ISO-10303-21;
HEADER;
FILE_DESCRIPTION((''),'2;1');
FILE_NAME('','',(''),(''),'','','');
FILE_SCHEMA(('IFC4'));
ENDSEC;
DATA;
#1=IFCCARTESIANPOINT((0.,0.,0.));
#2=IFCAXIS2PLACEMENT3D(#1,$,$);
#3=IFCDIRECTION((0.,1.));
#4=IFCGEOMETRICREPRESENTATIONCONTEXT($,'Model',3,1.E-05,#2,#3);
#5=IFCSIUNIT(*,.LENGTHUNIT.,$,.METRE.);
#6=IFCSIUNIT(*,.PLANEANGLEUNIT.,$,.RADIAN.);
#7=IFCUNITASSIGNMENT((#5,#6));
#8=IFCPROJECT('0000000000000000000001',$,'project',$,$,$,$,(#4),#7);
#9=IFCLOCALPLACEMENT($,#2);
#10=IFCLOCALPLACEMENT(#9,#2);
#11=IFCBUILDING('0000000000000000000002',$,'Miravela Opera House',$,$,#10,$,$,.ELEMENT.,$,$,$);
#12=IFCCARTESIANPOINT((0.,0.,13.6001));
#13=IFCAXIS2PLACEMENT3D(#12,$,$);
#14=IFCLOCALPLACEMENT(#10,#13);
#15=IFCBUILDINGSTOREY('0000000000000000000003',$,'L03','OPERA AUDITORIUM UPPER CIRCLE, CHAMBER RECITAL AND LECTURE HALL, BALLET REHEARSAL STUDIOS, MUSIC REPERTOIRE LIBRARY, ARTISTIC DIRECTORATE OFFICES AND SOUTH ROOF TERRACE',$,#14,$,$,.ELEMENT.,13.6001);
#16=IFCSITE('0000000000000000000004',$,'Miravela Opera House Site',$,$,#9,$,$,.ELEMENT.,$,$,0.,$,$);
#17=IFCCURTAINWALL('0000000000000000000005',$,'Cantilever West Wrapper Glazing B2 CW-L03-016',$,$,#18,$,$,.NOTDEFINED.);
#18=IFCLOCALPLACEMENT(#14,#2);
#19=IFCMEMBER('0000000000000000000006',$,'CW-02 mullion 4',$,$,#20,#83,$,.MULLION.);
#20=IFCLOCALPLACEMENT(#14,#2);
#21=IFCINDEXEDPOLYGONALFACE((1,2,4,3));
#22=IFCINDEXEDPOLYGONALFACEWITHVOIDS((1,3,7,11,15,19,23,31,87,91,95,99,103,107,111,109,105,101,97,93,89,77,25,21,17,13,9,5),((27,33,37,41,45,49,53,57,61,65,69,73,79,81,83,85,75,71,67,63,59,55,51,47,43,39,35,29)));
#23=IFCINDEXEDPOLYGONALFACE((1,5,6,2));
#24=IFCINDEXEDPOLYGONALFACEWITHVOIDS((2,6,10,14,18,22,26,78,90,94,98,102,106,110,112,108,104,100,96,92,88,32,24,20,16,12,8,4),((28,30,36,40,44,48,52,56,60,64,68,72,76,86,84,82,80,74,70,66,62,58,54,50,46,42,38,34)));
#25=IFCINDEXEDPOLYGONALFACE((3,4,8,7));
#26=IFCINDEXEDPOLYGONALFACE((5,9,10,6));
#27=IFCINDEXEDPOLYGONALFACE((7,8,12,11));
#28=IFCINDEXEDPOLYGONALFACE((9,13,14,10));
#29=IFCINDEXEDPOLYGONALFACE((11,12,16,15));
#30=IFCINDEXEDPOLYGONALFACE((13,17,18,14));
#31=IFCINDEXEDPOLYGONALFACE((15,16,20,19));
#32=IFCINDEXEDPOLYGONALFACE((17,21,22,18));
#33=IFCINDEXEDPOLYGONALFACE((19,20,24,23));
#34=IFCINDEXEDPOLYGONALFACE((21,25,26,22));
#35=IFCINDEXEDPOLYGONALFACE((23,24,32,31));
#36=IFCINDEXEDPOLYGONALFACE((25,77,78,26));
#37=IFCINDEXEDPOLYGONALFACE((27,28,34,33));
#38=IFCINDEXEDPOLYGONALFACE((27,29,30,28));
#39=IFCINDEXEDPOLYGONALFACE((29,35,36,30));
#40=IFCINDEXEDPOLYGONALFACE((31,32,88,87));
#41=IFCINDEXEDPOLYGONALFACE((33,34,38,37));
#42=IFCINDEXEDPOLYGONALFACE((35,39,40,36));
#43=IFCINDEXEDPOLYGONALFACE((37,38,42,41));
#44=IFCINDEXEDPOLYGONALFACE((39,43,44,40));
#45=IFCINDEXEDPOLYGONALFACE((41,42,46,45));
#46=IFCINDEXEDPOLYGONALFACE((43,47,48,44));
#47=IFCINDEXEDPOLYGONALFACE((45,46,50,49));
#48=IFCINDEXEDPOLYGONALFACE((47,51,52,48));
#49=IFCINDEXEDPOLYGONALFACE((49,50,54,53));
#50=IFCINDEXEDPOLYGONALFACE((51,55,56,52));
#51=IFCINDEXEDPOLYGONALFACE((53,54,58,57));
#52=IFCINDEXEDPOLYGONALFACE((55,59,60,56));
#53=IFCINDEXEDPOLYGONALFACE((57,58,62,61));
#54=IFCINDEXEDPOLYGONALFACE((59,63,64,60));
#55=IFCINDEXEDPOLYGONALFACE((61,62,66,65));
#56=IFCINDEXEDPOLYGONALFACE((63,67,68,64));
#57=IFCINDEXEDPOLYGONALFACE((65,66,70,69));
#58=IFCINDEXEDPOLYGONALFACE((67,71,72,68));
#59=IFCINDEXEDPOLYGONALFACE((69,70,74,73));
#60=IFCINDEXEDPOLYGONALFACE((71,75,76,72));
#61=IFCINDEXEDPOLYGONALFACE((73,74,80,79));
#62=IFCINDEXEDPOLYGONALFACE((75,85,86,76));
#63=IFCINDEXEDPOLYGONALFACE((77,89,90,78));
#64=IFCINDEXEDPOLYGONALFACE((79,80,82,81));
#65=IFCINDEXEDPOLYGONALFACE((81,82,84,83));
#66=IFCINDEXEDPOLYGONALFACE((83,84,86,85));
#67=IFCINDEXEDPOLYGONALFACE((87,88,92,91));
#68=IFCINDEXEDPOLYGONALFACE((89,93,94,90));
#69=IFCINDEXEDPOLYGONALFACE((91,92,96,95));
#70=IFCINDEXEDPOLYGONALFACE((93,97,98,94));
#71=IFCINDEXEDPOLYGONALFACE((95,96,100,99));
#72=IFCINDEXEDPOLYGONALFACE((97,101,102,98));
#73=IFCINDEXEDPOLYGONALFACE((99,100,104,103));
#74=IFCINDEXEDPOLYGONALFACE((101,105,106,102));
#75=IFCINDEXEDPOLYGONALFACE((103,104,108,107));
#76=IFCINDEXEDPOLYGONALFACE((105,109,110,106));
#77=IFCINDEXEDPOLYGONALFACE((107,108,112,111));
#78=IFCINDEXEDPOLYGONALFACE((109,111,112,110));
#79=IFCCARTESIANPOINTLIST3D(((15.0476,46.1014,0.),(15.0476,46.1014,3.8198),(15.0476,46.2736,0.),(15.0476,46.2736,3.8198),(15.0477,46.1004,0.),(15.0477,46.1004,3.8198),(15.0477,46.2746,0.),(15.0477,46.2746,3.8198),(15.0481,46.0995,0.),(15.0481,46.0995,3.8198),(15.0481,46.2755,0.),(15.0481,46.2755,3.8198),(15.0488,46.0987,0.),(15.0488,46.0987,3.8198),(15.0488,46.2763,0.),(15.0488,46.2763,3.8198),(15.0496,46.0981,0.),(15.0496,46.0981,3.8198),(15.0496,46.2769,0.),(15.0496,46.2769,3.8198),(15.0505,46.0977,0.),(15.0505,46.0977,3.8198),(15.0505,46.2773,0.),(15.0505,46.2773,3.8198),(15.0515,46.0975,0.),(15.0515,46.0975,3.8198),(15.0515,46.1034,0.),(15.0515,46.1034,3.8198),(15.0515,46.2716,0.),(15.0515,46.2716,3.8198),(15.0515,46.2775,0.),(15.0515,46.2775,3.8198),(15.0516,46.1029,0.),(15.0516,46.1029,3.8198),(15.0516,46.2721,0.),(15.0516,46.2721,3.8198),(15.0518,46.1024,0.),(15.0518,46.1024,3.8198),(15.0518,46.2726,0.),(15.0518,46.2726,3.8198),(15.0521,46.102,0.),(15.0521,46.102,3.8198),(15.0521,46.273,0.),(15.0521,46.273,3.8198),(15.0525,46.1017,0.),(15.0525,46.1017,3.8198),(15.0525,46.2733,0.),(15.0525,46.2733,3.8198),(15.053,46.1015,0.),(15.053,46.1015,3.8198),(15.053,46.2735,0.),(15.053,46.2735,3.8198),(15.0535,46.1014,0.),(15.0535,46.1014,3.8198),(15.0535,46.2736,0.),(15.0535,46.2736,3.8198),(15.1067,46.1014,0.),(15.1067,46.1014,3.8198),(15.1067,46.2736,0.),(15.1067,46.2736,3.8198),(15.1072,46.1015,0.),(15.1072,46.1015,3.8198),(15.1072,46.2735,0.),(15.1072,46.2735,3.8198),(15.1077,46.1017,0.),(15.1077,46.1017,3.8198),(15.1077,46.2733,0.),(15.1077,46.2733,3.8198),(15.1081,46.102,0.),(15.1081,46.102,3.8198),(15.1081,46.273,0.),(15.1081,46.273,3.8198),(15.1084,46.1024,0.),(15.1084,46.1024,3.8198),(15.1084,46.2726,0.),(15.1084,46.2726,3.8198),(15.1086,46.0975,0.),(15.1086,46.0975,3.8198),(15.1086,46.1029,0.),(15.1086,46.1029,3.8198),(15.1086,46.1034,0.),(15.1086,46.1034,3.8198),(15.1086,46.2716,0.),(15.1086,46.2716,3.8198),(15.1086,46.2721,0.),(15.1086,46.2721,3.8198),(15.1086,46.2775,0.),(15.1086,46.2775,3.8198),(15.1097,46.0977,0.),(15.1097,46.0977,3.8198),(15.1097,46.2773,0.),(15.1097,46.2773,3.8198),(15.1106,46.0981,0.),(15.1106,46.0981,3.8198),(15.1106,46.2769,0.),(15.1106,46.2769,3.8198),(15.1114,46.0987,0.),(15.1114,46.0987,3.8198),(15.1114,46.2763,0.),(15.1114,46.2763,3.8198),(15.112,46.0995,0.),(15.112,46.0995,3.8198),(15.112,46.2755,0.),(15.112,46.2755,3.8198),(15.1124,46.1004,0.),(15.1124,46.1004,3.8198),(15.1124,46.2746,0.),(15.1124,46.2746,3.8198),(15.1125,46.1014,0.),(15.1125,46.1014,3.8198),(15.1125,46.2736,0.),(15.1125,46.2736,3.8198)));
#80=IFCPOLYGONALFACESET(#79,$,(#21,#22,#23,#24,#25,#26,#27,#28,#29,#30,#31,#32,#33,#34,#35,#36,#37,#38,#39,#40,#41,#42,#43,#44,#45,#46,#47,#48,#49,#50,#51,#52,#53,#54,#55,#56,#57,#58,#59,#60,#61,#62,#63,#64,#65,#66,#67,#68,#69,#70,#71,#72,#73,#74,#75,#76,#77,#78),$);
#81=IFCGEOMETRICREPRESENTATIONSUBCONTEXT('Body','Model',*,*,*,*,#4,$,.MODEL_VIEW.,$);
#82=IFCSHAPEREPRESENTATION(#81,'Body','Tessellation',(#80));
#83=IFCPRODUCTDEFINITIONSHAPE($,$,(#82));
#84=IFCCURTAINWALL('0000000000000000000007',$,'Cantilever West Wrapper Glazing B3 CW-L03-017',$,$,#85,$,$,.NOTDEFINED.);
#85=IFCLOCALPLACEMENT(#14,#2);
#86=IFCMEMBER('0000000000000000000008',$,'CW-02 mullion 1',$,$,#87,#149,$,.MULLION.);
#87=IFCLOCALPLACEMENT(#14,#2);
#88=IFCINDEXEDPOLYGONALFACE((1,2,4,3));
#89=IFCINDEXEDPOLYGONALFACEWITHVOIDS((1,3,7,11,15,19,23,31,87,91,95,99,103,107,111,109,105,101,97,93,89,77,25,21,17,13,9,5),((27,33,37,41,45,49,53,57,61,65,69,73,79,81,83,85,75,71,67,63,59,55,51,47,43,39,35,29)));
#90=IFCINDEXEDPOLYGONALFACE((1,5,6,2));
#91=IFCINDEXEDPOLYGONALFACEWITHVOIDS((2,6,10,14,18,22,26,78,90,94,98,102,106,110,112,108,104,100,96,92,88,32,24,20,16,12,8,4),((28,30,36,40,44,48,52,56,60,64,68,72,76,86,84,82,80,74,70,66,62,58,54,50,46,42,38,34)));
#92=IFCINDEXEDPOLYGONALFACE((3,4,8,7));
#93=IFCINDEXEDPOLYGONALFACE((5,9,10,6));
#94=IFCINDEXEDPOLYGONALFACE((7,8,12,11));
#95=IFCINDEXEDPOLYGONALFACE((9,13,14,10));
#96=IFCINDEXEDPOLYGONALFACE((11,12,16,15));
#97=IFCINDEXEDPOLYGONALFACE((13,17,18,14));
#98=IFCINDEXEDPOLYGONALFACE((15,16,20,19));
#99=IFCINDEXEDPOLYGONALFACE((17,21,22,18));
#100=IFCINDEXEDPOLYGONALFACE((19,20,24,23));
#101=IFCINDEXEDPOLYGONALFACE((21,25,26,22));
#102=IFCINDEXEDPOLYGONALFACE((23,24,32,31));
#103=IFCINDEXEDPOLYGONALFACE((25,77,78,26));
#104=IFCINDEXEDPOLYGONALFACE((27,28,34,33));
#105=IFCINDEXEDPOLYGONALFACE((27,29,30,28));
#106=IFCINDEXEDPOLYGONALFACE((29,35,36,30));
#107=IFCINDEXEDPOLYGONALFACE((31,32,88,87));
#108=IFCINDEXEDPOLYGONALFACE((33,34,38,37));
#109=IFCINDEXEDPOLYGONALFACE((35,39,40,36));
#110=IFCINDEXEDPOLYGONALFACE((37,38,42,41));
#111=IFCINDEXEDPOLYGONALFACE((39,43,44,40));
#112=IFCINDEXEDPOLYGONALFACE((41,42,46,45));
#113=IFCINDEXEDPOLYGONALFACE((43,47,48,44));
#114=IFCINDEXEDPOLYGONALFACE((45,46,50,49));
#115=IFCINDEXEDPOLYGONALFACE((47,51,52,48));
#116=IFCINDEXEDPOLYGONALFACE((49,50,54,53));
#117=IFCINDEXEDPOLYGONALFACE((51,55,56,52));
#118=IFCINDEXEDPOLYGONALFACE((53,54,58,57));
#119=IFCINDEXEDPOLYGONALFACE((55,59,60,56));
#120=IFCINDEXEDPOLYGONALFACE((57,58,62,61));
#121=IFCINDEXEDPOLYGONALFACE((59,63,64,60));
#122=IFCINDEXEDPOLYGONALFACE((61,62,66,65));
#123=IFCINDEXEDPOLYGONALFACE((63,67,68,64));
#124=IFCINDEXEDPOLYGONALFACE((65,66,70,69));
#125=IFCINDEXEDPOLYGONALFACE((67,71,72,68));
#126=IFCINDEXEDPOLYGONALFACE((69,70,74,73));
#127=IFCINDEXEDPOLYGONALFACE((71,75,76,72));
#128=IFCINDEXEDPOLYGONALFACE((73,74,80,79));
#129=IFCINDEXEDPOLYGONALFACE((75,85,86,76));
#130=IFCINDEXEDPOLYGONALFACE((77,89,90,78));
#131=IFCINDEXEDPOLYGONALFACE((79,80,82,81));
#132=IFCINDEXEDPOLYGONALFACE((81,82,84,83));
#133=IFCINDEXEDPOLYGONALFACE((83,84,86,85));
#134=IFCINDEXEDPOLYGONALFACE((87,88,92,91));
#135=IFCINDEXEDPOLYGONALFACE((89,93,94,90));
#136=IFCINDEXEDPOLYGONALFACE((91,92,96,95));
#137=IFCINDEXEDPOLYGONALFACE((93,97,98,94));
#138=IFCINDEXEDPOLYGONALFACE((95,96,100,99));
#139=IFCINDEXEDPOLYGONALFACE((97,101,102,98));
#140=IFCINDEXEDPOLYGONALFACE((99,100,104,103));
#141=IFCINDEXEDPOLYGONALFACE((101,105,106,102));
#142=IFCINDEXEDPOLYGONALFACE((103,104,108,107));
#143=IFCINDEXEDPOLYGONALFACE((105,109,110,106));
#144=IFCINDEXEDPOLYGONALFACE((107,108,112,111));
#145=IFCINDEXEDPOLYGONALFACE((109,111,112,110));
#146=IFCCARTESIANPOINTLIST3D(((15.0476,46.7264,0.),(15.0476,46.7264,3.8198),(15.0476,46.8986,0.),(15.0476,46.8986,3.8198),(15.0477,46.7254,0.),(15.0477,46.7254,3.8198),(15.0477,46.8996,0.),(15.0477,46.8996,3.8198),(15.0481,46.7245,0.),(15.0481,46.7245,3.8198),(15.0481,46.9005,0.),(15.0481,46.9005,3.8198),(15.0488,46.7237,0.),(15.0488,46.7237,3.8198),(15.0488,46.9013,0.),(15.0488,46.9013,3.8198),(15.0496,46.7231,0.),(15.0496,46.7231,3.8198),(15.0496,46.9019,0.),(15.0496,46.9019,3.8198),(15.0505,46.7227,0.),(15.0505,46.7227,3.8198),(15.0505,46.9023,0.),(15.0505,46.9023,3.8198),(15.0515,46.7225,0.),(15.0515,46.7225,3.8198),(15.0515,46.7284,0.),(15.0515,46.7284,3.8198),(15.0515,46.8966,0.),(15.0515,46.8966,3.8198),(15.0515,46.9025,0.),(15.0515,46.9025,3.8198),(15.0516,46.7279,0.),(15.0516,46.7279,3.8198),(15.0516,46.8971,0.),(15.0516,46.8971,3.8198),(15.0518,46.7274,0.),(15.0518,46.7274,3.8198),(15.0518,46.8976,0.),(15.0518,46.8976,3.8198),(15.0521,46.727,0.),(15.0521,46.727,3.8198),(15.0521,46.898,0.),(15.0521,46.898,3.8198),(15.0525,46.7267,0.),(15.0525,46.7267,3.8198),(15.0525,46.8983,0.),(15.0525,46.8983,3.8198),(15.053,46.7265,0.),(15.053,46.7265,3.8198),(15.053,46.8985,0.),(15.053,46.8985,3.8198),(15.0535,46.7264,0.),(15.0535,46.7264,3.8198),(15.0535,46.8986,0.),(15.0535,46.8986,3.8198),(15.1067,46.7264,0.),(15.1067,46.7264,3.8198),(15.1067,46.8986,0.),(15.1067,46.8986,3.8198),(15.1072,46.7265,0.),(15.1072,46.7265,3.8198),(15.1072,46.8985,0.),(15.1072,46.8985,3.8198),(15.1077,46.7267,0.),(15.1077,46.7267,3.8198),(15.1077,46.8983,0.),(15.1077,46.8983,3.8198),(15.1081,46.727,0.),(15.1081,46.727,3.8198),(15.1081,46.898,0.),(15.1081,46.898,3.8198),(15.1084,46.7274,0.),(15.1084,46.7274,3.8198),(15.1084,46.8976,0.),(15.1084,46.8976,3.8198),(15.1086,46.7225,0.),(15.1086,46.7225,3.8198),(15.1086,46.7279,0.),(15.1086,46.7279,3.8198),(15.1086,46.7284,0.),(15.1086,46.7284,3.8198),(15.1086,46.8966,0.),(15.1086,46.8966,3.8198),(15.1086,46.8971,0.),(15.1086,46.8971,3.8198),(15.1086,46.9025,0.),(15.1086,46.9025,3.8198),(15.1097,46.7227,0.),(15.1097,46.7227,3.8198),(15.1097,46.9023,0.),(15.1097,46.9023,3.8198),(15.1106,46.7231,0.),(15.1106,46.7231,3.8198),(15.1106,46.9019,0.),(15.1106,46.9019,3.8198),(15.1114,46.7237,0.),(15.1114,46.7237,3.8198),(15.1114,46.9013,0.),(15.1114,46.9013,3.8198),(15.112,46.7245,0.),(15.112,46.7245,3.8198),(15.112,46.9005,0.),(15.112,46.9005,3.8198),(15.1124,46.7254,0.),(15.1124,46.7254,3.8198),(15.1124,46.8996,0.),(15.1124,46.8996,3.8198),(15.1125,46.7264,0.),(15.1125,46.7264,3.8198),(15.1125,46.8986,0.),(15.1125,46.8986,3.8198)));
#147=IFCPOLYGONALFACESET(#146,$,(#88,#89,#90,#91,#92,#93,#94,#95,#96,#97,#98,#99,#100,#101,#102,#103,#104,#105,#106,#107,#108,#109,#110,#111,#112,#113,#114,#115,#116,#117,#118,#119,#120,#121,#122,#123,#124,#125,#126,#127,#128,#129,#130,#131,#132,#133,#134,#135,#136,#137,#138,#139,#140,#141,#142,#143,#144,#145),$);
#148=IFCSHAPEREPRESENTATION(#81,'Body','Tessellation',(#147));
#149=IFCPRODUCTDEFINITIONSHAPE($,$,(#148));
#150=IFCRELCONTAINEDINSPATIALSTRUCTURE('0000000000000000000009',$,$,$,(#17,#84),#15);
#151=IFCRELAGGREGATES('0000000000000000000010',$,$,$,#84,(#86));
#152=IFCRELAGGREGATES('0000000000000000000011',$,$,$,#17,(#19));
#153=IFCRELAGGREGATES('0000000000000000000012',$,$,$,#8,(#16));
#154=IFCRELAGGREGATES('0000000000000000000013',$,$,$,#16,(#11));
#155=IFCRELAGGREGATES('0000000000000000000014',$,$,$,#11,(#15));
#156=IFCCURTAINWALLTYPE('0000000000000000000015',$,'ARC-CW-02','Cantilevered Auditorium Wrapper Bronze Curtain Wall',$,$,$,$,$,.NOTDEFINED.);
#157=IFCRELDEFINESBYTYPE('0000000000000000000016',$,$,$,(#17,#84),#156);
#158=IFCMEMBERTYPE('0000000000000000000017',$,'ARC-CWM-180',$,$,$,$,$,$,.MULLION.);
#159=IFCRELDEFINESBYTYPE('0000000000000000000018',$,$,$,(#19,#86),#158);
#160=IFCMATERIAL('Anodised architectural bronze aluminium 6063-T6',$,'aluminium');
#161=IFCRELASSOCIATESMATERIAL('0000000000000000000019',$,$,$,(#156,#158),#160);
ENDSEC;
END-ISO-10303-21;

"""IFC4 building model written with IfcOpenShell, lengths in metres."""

from ifc_helpers import new_model, si_unit, direction, frame, origin, origin_2d, place, context, subcontext, project, spatial, hollow_rectangle, extrude, material, material_profile, profile_set, type_object, element, aggregate, save


model = new_model("IFC4")

# Units and contexts
model_context = context("Model", 3, precision=1e-05, world=origin(), true_north=direction((0.0, 1.0)))
body_context = subcontext(model_context, "Body", "Model", "MODEL_VIEW")
ifc_project = project(units=[si_unit("LENGTHUNIT", "METRE"), si_unit("PLANEANGLEUNIT", "RADIAN")], contexts=[model_context])

# Site, building, storey
site_placement = place(None, origin())
site = spatial("IfcSite", under=ifc_project, at=site_placement, Name="Miravela Opera House Site", CompositionType="ELEMENT", RefElevation=0.0)
building_placement = place(site_placement, origin())
building = spatial("IfcBuilding", under=site, at=building_placement, Name="Miravela Opera House", CompositionType="ELEMENT")
storey_placement = place(building_placement, frame((0.0, 0.0, 13.6001)))
storey = spatial("IfcBuildingStorey", under=building, at=storey_placement, Name="L03", Description="OPERA AUDITORIUM UPPER CIRCLE, CHAMBER RECITAL AND LECTURE HALL, BALLET REHEARSAL STUDIOS, MUSIC REPERTOIRE LIBRARY, ARTISTIC DIRECTORATE OFFICES AND SOUTH ROOF TERRACE", CompositionType="ELEMENT", Elevation=13.6001)

# Curtain wall, member
ifc_material_1 = material(Name="Anodised architectural bronze aluminium 6063-T6", Category="aluminium")
curtain_wall_type = type_object("IfcCurtainWallType", Name="ARC-CW-02", Description="Cantilevered Auditorium Wrapper Bronze Curtain Wall", PredefinedType="NOTDEFINED", material=ifc_material_1)
curtain_wall_1_placement = place(storey_placement, origin())
curtain_wall_1 = element("IfcCurtainWall", 1, at=curtain_wall_1_placement, inside=storey, type_object=curtain_wall_type, Name="Cantilever West Wrapper Glazing B2 CW-L03-016", PredefinedType="NOTDEFINED")
ifc_material_profile_1 = material_profile(ifc_material_1, hollow_rectangle(XDim=0.0649, YDim=0.1799, WallThickness=0.0039, InnerFilletRadius=0.002, OuterFilletRadius=0.0039, at=origin_2d()), Name="CWM-65X180")
ifc_profile_set_1 = profile_set([ifc_material_profile_1])
member_type_1 = type_object("IfcMemberType", Name="ARC-CWM-180", PredefinedType="MULLION", material=ifc_profile_set_1)
member_1_placement = place(storey_placement, frame((15.0801, 46.1875, 0.0), z_axis=(0.0, 0.0, 1.0), x_axis=(-1.0, 0.0, 0.0)))
member_1 = element("IfcMember", 2, at=member_1_placement, type_object=member_type_1, Name="CW-02 mullion 4", PredefinedType="MULLION", context=body_context, shape_type="SweptSolid", body=[
    extrude(hollow_rectangle(XDim=0.0649, YDim=0.1799, WallThickness=0.0039, InnerFilletRadius=0.002, OuterFilletRadius=0.0039, at=origin_2d()), origin(), (0.0, 0.0, 1.0), 3.8198),
])

# Curtain wall, member
curtain_wall_2_placement = place(storey_placement, origin())
curtain_wall_2 = element("IfcCurtainWall", 3, at=curtain_wall_2_placement, inside=storey, type_object=curtain_wall_type, Name="Cantilever West Wrapper Glazing B3 CW-L03-017", PredefinedType="NOTDEFINED")
member_2_placement = place(storey_placement, frame((15.0801, 46.8125, 0.0), z_axis=(0.0, 0.0, 1.0), x_axis=(-1.0, 0.0, 0.0)))
member_2 = element("IfcMember", 4, at=member_2_placement, type_object=member_type_1, Name="CW-02 mullion 1", PredefinedType="MULLION", context=body_context, shape_type="SweptSolid", body=[
    extrude(hollow_rectangle(XDim=0.0649, YDim=0.1799, WallThickness=0.0039, InnerFilletRadius=0.002, OuterFilletRadius=0.0039, at=origin_2d()), origin(), (0.0, 0.0, 1.0), 3.8198),
])

aggregate(curtain_wall_2, [member_2])

aggregate(curtain_wall_1, [member_1])

save(model, "model.ifc")
